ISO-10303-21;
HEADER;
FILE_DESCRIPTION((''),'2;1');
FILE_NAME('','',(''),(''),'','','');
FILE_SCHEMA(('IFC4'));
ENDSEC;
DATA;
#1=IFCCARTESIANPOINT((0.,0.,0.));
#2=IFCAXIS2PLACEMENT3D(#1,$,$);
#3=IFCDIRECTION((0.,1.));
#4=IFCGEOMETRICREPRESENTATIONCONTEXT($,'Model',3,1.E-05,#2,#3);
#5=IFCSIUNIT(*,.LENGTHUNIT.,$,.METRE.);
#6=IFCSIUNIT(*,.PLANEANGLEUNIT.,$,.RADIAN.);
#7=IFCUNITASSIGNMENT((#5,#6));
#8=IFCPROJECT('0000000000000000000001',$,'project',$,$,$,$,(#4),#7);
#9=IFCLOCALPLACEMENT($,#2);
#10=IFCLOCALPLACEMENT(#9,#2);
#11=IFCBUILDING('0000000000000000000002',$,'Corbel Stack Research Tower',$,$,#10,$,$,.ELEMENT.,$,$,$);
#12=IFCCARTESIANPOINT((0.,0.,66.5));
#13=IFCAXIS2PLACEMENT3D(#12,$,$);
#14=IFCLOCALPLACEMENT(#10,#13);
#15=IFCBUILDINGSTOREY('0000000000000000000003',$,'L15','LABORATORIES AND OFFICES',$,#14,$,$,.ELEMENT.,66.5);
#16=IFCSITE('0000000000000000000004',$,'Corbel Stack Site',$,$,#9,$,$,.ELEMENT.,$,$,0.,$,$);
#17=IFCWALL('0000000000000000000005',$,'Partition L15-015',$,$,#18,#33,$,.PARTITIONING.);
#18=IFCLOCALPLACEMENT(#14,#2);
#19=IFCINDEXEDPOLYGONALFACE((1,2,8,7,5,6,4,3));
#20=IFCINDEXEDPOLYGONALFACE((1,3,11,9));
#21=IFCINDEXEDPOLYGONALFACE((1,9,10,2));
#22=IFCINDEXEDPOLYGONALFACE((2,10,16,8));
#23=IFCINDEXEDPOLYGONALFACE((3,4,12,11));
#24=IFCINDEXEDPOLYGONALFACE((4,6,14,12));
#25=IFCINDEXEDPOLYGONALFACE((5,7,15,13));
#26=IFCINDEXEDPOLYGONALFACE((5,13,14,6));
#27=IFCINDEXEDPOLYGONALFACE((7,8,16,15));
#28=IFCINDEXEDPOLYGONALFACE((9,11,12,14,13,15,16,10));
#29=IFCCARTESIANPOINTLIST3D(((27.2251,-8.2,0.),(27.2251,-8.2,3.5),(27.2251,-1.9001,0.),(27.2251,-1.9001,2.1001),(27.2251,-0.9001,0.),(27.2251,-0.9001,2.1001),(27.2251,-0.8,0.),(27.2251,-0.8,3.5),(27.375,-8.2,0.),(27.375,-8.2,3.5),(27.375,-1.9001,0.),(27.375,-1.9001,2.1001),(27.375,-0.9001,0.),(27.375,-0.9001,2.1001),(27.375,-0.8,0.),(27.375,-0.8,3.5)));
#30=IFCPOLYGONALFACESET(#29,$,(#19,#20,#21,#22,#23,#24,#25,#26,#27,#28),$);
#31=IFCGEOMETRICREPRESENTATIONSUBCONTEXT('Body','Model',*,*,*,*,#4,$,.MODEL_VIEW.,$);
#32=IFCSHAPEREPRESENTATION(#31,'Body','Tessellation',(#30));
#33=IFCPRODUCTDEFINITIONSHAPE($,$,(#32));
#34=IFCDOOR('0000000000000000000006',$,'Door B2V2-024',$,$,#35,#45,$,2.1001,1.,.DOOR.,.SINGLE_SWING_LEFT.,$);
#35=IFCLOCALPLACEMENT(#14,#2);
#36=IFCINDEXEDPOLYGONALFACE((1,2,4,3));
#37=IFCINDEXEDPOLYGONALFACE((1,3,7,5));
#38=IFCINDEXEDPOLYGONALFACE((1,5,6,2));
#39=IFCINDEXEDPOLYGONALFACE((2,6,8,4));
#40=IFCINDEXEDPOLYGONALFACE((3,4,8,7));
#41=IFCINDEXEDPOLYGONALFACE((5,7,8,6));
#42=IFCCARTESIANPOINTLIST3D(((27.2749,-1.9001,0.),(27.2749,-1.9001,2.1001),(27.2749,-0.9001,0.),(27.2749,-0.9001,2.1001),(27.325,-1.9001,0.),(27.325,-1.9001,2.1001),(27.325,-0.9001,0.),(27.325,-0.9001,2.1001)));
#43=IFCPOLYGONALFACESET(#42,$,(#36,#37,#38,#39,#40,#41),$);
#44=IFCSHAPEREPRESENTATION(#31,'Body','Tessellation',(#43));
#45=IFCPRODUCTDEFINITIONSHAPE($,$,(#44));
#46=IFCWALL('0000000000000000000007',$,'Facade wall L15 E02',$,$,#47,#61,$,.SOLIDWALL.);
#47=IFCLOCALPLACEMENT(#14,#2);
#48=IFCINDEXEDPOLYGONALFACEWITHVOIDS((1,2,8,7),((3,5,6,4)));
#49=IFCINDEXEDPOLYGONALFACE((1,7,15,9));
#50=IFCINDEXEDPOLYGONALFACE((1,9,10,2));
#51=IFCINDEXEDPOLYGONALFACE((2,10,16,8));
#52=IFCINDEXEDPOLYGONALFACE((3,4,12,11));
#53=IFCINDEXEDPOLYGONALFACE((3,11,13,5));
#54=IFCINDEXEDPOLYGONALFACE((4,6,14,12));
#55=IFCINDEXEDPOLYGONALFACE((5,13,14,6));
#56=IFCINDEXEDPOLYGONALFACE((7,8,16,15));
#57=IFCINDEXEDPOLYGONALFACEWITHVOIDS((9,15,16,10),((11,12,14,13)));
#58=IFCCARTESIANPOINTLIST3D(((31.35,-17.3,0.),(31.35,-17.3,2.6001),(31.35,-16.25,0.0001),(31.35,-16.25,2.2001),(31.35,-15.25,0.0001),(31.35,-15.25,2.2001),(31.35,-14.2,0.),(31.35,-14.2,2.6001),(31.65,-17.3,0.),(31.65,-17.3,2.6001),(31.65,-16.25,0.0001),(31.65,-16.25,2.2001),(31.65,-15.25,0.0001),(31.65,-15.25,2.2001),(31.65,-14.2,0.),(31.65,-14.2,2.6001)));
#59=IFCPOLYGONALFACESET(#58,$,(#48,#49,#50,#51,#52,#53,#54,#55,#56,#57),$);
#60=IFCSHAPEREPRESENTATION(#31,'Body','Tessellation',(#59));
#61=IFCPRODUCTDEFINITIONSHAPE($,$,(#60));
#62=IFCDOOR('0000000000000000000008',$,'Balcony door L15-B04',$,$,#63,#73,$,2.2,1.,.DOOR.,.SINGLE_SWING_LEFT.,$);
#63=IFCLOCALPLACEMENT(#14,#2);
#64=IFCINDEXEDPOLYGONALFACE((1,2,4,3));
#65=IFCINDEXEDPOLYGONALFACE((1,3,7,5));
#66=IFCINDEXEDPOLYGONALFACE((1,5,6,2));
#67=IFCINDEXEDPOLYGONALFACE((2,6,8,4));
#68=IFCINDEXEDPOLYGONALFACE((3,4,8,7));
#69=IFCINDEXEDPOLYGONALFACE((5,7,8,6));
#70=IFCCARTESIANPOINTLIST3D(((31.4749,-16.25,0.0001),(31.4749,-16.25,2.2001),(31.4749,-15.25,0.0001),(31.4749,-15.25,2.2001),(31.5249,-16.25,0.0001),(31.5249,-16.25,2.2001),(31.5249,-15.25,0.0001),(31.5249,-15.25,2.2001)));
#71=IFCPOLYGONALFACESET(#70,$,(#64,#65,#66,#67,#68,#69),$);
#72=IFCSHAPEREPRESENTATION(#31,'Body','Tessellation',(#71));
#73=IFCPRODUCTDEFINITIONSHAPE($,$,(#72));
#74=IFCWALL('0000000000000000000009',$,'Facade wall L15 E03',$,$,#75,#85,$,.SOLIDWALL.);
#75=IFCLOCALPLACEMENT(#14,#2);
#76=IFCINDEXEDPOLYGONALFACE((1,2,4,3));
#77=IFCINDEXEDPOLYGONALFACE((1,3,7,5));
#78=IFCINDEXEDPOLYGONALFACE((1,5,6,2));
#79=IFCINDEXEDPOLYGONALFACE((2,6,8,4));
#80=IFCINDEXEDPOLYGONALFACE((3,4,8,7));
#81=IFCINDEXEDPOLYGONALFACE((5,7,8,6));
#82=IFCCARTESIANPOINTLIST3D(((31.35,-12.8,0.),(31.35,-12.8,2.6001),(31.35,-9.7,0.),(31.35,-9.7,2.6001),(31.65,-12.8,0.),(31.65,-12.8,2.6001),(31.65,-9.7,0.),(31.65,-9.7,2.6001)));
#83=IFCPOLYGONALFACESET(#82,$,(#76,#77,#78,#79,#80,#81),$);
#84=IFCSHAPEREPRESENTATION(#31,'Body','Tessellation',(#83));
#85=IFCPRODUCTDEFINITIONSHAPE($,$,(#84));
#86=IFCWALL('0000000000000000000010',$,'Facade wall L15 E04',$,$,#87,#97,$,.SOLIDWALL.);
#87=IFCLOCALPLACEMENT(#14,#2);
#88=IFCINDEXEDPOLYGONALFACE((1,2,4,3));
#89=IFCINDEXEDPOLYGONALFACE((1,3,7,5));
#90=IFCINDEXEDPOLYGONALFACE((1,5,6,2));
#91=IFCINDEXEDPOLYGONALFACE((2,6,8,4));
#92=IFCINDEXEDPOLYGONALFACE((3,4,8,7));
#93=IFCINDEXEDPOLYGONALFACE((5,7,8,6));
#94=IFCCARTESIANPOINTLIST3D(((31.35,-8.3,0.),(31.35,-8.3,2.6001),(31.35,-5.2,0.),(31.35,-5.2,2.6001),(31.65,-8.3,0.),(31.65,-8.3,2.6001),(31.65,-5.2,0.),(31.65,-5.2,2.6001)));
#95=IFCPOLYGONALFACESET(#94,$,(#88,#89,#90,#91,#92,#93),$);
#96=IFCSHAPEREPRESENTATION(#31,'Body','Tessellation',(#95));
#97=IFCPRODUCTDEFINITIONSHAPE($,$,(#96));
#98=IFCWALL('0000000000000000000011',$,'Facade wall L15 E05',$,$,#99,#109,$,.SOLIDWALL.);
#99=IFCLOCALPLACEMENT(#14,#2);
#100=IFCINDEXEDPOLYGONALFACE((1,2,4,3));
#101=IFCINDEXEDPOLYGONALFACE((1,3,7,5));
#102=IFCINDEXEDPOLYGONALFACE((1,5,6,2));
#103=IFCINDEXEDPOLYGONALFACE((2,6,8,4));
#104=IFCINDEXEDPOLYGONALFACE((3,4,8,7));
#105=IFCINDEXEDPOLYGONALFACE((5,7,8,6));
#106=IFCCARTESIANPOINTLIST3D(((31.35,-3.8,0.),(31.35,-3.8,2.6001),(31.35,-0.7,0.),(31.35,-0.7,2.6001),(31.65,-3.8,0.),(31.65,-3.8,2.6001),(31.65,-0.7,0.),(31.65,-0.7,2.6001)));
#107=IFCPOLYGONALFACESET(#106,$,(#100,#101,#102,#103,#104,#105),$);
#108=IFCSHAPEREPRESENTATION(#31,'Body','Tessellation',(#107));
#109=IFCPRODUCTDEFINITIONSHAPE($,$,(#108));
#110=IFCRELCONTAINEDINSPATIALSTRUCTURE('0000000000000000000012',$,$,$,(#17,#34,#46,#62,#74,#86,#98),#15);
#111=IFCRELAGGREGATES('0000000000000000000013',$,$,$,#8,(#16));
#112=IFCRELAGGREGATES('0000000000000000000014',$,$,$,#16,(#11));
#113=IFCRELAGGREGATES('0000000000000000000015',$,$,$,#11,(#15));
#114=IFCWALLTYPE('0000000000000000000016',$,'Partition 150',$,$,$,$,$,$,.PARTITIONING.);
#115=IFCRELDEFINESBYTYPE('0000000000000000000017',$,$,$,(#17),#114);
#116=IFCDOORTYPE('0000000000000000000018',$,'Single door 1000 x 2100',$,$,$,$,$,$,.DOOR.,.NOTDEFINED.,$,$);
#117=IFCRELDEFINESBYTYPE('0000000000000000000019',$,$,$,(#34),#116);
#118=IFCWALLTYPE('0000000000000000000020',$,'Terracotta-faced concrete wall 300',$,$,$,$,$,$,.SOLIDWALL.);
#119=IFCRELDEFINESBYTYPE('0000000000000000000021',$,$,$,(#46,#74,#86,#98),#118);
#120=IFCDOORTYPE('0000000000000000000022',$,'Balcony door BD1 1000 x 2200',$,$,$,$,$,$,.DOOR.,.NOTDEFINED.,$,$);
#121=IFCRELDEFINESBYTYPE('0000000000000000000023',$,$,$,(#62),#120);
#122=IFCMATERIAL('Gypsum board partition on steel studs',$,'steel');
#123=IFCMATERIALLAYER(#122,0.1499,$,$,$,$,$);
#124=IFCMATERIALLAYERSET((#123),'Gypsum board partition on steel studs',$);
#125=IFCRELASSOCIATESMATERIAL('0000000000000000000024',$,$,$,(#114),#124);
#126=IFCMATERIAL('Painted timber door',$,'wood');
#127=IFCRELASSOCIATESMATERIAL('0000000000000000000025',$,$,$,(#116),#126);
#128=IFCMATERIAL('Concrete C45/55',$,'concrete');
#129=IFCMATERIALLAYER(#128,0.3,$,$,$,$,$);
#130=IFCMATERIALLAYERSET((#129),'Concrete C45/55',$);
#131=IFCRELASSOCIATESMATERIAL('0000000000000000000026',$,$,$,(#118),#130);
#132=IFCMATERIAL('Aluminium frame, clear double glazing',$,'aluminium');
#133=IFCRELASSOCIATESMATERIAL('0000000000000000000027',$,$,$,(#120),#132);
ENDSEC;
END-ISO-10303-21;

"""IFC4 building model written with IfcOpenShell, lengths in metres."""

from ifc_helpers import new_model, si_unit, direction, frame, frame_2d, origin, place, context, subcontext, project, spatial, rectangle, extrude, material, layer, layer_set, type_object, element, fill, save


model = new_model("IFC4")

# Units and contexts
model_context = context("Model", 3, precision=1e-05, world=origin(), true_north=direction((0.0, 1.0)))
body_context = subcontext(model_context, "Body", "Model", "MODEL_VIEW")
ifc_project = project(units=[si_unit("LENGTHUNIT", "METRE"), si_unit("PLANEANGLEUNIT", "RADIAN")], contexts=[model_context])

# Site, building, storey
site_placement = place(None, origin())
site = spatial("IfcSite", under=ifc_project, at=site_placement, Name="Corbel Stack Site", CompositionType="ELEMENT", RefElevation=0.0)
building_placement = place(site_placement, origin())
building = spatial("IfcBuilding", under=site, at=building_placement, Name="Corbel Stack Research Tower", CompositionType="ELEMENT")
storey_placement = place(building_placement, frame((0.0, 0.0, 66.5)))
storey = spatial("IfcBuildingStorey", under=building, at=storey_placement, Name="L15", Description="LABORATORIES AND OFFICES", CompositionType="ELEMENT", Elevation=66.5)

# Walls, openings, doors
ifc_material_1 = material(Name="Gypsum board partition on steel studs", Category="steel")
ifc_layer_1 = layer(ifc_material_1, 0.1499)
ifc_layer_set_1 = layer_set([ifc_layer_1], Name="Gypsum board partition on steel studs")
wall_type_1 = type_object("IfcWallType", Name="Partition 150", PredefinedType="PARTITIONING", material=ifc_layer_set_1)
wall_1_placement = place(storey_placement, frame((27.3, -0.8, 0.0), z_axis=(0.0, 0.0, 1.0), x_axis=(0.0, -1.0, 0.0)))
wall_1 = element("IfcWall", 1, at=wall_1_placement, inside=storey, type_object=wall_type_1, Name="Partition L15-015", PredefinedType="PARTITIONING", context=body_context, shape_type="SweptSolid", body=[
    extrude(rectangle(XDim=7.3999, YDim=0.1499, at=frame_2d((3.7, 0.0))), origin(), (0.0, 0.0, 1.0), 3.5),
])
opening_1_placement = place(wall_1_placement, frame((0.1001, 0.0, 0.0)))
opening_1 = element("IfcOpeningElement", 2, at=opening_1_placement, cuts=wall_1, PredefinedType="OPENING", context=body_context, shape_type="SweptSolid", body=[
    extrude(rectangle(XDim=1.0, YDim=2.1001, at=frame_2d((0.5, 1.05))), frame((0.0, 0.085, 0.0), z_axis=(0.0, -1.0, 0.0), x_axis=(1.0, 0.0, 0.0)), (0.0, 0.0, 1.0), 0.1699),
])
ifc_material_2 = material(Name="Painted timber door", Category="wood")
door_type_1 = type_object("IfcDoorType", Name="Single door 1000 x 2100", OperationType="NOTDEFINED", PredefinedType="DOOR", material=ifc_material_2)
door_1_placement = place(opening_1_placement, origin())
door_1 = element("IfcDoor", 3, at=door_1_placement, inside=storey, type_object=door_type_1, Name="Door B2V2-024", OperationType="SINGLE_SWING_LEFT", OverallHeight=2.1001, OverallWidth=1.0, PredefinedType="DOOR", context=body_context, shape_type="SweptSolid", body=[
    extrude(rectangle(XDim=1.0, YDim=2.1001, at=frame_2d((0.5, 1.05))), frame((0.0, 0.0249, 0.0), z_axis=(0.0, -1.0, 0.0), x_axis=(1.0, 0.0, 0.0)), (0.0, 0.0, 1.0), 0.05),
])
fill(opening_1, door_1)
ifc_material_3 = material(Name="Concrete C45/55", Category="concrete")
ifc_layer_2 = layer(ifc_material_3, 0.3)
ifc_layer_set_2 = layer_set([ifc_layer_2], Name="Concrete C45/55")
wall_type_2 = type_object("IfcWallType", Name="Terracotta-faced concrete wall 300", PredefinedType="SOLIDWALL", material=ifc_layer_set_2)
wall_2_placement = place(storey_placement, frame((31.5, -14.2, 0.0), z_axis=(0.0, 0.0, 1.0), x_axis=(0.0, -1.0, 0.0)))
wall_2 = element("IfcWall", 4, at=wall_2_placement, inside=storey, type_object=wall_type_2, Name="Facade wall L15 E02", PredefinedType="SOLIDWALL", context=body_context, shape_type="SweptSolid", body=[
    extrude(rectangle(XDim=3.1001, YDim=0.3, at=frame_2d((1.55, 0.0))), origin(), (0.0, 0.0, 1.0), 2.6001),
])
opening_2_placement = place(wall_2_placement, frame((1.05, 0.0, 0.0)))
opening_2 = element("IfcOpeningElement", 5, at=opening_2_placement, cuts=wall_2, PredefinedType="OPENING", context=body_context, shape_type="SweptSolid", body=[
    extrude(rectangle(XDim=1.0, YDim=2.2, at=frame_2d((0.5, 1.1001))), frame((0.0, 0.1599, 0.0), z_axis=(0.0, -1.0, 0.0), x_axis=(1.0, 0.0, 0.0)), (0.0, 0.0, 1.0), 0.3201),
])
ifc_material_4 = material(Name="Aluminium frame, clear double glazing", Category="aluminium")
door_type_2 = type_object("IfcDoorType", Name="Balcony door BD1 1000 x 2200", OperationType="NOTDEFINED", PredefinedType="DOOR", material=ifc_material_4)
door_2_placement = place(opening_2_placement, origin())
door_2 = element("IfcDoor", 6, at=door_2_placement, inside=storey, type_object=door_type_2, Name="Balcony door L15-B04", OperationType="SINGLE_SWING_LEFT", OverallHeight=2.2, OverallWidth=1.0, PredefinedType="DOOR", context=body_context, shape_type="SweptSolid", body=[
    extrude(rectangle(XDim=1.0, YDim=2.2, at=frame_2d((0.5, 1.1001))), frame((0.0, 0.0249, 0.0), z_axis=(0.0, -1.0, 0.0), x_axis=(1.0, 0.0, 0.0)), (0.0, 0.0, 1.0), 0.05),
])
fill(opening_2, door_2)

# Walls
for number, where, z_axis, x_axis, name in (
    (7, (31.5, -9.7, 0.0), (0.0, 0.0, 1.0), (0.0, -1.0, 0.0), "Facade wall L15 E03"),
    (8, (31.5, -5.2, 0.0), (0.0, 0.0, 1.0), (0.0, -1.0, 0.0), "Facade wall L15 E04"),
    (9, (31.5, -0.7, 0.0), (0.0, 0.0, 1.0), (0.0, -1.0, 0.0), "Facade wall L15 E05"),
):
    element("IfcWall", number, at=place(storey_placement, frame(where, z_axis=z_axis, x_axis=x_axis)), inside=storey, type_object=wall_type_2, Name=name, PredefinedType="SOLIDWALL", context=body_context, shape_type="SweptSolid", body=[
        extrude(rectangle(XDim=3.1001, YDim=0.3, at=frame_2d((1.55, 0.0))), origin(), (0.0, 0.0, 1.0), 2.6001),
    ])

save(model, "model.ifc")
